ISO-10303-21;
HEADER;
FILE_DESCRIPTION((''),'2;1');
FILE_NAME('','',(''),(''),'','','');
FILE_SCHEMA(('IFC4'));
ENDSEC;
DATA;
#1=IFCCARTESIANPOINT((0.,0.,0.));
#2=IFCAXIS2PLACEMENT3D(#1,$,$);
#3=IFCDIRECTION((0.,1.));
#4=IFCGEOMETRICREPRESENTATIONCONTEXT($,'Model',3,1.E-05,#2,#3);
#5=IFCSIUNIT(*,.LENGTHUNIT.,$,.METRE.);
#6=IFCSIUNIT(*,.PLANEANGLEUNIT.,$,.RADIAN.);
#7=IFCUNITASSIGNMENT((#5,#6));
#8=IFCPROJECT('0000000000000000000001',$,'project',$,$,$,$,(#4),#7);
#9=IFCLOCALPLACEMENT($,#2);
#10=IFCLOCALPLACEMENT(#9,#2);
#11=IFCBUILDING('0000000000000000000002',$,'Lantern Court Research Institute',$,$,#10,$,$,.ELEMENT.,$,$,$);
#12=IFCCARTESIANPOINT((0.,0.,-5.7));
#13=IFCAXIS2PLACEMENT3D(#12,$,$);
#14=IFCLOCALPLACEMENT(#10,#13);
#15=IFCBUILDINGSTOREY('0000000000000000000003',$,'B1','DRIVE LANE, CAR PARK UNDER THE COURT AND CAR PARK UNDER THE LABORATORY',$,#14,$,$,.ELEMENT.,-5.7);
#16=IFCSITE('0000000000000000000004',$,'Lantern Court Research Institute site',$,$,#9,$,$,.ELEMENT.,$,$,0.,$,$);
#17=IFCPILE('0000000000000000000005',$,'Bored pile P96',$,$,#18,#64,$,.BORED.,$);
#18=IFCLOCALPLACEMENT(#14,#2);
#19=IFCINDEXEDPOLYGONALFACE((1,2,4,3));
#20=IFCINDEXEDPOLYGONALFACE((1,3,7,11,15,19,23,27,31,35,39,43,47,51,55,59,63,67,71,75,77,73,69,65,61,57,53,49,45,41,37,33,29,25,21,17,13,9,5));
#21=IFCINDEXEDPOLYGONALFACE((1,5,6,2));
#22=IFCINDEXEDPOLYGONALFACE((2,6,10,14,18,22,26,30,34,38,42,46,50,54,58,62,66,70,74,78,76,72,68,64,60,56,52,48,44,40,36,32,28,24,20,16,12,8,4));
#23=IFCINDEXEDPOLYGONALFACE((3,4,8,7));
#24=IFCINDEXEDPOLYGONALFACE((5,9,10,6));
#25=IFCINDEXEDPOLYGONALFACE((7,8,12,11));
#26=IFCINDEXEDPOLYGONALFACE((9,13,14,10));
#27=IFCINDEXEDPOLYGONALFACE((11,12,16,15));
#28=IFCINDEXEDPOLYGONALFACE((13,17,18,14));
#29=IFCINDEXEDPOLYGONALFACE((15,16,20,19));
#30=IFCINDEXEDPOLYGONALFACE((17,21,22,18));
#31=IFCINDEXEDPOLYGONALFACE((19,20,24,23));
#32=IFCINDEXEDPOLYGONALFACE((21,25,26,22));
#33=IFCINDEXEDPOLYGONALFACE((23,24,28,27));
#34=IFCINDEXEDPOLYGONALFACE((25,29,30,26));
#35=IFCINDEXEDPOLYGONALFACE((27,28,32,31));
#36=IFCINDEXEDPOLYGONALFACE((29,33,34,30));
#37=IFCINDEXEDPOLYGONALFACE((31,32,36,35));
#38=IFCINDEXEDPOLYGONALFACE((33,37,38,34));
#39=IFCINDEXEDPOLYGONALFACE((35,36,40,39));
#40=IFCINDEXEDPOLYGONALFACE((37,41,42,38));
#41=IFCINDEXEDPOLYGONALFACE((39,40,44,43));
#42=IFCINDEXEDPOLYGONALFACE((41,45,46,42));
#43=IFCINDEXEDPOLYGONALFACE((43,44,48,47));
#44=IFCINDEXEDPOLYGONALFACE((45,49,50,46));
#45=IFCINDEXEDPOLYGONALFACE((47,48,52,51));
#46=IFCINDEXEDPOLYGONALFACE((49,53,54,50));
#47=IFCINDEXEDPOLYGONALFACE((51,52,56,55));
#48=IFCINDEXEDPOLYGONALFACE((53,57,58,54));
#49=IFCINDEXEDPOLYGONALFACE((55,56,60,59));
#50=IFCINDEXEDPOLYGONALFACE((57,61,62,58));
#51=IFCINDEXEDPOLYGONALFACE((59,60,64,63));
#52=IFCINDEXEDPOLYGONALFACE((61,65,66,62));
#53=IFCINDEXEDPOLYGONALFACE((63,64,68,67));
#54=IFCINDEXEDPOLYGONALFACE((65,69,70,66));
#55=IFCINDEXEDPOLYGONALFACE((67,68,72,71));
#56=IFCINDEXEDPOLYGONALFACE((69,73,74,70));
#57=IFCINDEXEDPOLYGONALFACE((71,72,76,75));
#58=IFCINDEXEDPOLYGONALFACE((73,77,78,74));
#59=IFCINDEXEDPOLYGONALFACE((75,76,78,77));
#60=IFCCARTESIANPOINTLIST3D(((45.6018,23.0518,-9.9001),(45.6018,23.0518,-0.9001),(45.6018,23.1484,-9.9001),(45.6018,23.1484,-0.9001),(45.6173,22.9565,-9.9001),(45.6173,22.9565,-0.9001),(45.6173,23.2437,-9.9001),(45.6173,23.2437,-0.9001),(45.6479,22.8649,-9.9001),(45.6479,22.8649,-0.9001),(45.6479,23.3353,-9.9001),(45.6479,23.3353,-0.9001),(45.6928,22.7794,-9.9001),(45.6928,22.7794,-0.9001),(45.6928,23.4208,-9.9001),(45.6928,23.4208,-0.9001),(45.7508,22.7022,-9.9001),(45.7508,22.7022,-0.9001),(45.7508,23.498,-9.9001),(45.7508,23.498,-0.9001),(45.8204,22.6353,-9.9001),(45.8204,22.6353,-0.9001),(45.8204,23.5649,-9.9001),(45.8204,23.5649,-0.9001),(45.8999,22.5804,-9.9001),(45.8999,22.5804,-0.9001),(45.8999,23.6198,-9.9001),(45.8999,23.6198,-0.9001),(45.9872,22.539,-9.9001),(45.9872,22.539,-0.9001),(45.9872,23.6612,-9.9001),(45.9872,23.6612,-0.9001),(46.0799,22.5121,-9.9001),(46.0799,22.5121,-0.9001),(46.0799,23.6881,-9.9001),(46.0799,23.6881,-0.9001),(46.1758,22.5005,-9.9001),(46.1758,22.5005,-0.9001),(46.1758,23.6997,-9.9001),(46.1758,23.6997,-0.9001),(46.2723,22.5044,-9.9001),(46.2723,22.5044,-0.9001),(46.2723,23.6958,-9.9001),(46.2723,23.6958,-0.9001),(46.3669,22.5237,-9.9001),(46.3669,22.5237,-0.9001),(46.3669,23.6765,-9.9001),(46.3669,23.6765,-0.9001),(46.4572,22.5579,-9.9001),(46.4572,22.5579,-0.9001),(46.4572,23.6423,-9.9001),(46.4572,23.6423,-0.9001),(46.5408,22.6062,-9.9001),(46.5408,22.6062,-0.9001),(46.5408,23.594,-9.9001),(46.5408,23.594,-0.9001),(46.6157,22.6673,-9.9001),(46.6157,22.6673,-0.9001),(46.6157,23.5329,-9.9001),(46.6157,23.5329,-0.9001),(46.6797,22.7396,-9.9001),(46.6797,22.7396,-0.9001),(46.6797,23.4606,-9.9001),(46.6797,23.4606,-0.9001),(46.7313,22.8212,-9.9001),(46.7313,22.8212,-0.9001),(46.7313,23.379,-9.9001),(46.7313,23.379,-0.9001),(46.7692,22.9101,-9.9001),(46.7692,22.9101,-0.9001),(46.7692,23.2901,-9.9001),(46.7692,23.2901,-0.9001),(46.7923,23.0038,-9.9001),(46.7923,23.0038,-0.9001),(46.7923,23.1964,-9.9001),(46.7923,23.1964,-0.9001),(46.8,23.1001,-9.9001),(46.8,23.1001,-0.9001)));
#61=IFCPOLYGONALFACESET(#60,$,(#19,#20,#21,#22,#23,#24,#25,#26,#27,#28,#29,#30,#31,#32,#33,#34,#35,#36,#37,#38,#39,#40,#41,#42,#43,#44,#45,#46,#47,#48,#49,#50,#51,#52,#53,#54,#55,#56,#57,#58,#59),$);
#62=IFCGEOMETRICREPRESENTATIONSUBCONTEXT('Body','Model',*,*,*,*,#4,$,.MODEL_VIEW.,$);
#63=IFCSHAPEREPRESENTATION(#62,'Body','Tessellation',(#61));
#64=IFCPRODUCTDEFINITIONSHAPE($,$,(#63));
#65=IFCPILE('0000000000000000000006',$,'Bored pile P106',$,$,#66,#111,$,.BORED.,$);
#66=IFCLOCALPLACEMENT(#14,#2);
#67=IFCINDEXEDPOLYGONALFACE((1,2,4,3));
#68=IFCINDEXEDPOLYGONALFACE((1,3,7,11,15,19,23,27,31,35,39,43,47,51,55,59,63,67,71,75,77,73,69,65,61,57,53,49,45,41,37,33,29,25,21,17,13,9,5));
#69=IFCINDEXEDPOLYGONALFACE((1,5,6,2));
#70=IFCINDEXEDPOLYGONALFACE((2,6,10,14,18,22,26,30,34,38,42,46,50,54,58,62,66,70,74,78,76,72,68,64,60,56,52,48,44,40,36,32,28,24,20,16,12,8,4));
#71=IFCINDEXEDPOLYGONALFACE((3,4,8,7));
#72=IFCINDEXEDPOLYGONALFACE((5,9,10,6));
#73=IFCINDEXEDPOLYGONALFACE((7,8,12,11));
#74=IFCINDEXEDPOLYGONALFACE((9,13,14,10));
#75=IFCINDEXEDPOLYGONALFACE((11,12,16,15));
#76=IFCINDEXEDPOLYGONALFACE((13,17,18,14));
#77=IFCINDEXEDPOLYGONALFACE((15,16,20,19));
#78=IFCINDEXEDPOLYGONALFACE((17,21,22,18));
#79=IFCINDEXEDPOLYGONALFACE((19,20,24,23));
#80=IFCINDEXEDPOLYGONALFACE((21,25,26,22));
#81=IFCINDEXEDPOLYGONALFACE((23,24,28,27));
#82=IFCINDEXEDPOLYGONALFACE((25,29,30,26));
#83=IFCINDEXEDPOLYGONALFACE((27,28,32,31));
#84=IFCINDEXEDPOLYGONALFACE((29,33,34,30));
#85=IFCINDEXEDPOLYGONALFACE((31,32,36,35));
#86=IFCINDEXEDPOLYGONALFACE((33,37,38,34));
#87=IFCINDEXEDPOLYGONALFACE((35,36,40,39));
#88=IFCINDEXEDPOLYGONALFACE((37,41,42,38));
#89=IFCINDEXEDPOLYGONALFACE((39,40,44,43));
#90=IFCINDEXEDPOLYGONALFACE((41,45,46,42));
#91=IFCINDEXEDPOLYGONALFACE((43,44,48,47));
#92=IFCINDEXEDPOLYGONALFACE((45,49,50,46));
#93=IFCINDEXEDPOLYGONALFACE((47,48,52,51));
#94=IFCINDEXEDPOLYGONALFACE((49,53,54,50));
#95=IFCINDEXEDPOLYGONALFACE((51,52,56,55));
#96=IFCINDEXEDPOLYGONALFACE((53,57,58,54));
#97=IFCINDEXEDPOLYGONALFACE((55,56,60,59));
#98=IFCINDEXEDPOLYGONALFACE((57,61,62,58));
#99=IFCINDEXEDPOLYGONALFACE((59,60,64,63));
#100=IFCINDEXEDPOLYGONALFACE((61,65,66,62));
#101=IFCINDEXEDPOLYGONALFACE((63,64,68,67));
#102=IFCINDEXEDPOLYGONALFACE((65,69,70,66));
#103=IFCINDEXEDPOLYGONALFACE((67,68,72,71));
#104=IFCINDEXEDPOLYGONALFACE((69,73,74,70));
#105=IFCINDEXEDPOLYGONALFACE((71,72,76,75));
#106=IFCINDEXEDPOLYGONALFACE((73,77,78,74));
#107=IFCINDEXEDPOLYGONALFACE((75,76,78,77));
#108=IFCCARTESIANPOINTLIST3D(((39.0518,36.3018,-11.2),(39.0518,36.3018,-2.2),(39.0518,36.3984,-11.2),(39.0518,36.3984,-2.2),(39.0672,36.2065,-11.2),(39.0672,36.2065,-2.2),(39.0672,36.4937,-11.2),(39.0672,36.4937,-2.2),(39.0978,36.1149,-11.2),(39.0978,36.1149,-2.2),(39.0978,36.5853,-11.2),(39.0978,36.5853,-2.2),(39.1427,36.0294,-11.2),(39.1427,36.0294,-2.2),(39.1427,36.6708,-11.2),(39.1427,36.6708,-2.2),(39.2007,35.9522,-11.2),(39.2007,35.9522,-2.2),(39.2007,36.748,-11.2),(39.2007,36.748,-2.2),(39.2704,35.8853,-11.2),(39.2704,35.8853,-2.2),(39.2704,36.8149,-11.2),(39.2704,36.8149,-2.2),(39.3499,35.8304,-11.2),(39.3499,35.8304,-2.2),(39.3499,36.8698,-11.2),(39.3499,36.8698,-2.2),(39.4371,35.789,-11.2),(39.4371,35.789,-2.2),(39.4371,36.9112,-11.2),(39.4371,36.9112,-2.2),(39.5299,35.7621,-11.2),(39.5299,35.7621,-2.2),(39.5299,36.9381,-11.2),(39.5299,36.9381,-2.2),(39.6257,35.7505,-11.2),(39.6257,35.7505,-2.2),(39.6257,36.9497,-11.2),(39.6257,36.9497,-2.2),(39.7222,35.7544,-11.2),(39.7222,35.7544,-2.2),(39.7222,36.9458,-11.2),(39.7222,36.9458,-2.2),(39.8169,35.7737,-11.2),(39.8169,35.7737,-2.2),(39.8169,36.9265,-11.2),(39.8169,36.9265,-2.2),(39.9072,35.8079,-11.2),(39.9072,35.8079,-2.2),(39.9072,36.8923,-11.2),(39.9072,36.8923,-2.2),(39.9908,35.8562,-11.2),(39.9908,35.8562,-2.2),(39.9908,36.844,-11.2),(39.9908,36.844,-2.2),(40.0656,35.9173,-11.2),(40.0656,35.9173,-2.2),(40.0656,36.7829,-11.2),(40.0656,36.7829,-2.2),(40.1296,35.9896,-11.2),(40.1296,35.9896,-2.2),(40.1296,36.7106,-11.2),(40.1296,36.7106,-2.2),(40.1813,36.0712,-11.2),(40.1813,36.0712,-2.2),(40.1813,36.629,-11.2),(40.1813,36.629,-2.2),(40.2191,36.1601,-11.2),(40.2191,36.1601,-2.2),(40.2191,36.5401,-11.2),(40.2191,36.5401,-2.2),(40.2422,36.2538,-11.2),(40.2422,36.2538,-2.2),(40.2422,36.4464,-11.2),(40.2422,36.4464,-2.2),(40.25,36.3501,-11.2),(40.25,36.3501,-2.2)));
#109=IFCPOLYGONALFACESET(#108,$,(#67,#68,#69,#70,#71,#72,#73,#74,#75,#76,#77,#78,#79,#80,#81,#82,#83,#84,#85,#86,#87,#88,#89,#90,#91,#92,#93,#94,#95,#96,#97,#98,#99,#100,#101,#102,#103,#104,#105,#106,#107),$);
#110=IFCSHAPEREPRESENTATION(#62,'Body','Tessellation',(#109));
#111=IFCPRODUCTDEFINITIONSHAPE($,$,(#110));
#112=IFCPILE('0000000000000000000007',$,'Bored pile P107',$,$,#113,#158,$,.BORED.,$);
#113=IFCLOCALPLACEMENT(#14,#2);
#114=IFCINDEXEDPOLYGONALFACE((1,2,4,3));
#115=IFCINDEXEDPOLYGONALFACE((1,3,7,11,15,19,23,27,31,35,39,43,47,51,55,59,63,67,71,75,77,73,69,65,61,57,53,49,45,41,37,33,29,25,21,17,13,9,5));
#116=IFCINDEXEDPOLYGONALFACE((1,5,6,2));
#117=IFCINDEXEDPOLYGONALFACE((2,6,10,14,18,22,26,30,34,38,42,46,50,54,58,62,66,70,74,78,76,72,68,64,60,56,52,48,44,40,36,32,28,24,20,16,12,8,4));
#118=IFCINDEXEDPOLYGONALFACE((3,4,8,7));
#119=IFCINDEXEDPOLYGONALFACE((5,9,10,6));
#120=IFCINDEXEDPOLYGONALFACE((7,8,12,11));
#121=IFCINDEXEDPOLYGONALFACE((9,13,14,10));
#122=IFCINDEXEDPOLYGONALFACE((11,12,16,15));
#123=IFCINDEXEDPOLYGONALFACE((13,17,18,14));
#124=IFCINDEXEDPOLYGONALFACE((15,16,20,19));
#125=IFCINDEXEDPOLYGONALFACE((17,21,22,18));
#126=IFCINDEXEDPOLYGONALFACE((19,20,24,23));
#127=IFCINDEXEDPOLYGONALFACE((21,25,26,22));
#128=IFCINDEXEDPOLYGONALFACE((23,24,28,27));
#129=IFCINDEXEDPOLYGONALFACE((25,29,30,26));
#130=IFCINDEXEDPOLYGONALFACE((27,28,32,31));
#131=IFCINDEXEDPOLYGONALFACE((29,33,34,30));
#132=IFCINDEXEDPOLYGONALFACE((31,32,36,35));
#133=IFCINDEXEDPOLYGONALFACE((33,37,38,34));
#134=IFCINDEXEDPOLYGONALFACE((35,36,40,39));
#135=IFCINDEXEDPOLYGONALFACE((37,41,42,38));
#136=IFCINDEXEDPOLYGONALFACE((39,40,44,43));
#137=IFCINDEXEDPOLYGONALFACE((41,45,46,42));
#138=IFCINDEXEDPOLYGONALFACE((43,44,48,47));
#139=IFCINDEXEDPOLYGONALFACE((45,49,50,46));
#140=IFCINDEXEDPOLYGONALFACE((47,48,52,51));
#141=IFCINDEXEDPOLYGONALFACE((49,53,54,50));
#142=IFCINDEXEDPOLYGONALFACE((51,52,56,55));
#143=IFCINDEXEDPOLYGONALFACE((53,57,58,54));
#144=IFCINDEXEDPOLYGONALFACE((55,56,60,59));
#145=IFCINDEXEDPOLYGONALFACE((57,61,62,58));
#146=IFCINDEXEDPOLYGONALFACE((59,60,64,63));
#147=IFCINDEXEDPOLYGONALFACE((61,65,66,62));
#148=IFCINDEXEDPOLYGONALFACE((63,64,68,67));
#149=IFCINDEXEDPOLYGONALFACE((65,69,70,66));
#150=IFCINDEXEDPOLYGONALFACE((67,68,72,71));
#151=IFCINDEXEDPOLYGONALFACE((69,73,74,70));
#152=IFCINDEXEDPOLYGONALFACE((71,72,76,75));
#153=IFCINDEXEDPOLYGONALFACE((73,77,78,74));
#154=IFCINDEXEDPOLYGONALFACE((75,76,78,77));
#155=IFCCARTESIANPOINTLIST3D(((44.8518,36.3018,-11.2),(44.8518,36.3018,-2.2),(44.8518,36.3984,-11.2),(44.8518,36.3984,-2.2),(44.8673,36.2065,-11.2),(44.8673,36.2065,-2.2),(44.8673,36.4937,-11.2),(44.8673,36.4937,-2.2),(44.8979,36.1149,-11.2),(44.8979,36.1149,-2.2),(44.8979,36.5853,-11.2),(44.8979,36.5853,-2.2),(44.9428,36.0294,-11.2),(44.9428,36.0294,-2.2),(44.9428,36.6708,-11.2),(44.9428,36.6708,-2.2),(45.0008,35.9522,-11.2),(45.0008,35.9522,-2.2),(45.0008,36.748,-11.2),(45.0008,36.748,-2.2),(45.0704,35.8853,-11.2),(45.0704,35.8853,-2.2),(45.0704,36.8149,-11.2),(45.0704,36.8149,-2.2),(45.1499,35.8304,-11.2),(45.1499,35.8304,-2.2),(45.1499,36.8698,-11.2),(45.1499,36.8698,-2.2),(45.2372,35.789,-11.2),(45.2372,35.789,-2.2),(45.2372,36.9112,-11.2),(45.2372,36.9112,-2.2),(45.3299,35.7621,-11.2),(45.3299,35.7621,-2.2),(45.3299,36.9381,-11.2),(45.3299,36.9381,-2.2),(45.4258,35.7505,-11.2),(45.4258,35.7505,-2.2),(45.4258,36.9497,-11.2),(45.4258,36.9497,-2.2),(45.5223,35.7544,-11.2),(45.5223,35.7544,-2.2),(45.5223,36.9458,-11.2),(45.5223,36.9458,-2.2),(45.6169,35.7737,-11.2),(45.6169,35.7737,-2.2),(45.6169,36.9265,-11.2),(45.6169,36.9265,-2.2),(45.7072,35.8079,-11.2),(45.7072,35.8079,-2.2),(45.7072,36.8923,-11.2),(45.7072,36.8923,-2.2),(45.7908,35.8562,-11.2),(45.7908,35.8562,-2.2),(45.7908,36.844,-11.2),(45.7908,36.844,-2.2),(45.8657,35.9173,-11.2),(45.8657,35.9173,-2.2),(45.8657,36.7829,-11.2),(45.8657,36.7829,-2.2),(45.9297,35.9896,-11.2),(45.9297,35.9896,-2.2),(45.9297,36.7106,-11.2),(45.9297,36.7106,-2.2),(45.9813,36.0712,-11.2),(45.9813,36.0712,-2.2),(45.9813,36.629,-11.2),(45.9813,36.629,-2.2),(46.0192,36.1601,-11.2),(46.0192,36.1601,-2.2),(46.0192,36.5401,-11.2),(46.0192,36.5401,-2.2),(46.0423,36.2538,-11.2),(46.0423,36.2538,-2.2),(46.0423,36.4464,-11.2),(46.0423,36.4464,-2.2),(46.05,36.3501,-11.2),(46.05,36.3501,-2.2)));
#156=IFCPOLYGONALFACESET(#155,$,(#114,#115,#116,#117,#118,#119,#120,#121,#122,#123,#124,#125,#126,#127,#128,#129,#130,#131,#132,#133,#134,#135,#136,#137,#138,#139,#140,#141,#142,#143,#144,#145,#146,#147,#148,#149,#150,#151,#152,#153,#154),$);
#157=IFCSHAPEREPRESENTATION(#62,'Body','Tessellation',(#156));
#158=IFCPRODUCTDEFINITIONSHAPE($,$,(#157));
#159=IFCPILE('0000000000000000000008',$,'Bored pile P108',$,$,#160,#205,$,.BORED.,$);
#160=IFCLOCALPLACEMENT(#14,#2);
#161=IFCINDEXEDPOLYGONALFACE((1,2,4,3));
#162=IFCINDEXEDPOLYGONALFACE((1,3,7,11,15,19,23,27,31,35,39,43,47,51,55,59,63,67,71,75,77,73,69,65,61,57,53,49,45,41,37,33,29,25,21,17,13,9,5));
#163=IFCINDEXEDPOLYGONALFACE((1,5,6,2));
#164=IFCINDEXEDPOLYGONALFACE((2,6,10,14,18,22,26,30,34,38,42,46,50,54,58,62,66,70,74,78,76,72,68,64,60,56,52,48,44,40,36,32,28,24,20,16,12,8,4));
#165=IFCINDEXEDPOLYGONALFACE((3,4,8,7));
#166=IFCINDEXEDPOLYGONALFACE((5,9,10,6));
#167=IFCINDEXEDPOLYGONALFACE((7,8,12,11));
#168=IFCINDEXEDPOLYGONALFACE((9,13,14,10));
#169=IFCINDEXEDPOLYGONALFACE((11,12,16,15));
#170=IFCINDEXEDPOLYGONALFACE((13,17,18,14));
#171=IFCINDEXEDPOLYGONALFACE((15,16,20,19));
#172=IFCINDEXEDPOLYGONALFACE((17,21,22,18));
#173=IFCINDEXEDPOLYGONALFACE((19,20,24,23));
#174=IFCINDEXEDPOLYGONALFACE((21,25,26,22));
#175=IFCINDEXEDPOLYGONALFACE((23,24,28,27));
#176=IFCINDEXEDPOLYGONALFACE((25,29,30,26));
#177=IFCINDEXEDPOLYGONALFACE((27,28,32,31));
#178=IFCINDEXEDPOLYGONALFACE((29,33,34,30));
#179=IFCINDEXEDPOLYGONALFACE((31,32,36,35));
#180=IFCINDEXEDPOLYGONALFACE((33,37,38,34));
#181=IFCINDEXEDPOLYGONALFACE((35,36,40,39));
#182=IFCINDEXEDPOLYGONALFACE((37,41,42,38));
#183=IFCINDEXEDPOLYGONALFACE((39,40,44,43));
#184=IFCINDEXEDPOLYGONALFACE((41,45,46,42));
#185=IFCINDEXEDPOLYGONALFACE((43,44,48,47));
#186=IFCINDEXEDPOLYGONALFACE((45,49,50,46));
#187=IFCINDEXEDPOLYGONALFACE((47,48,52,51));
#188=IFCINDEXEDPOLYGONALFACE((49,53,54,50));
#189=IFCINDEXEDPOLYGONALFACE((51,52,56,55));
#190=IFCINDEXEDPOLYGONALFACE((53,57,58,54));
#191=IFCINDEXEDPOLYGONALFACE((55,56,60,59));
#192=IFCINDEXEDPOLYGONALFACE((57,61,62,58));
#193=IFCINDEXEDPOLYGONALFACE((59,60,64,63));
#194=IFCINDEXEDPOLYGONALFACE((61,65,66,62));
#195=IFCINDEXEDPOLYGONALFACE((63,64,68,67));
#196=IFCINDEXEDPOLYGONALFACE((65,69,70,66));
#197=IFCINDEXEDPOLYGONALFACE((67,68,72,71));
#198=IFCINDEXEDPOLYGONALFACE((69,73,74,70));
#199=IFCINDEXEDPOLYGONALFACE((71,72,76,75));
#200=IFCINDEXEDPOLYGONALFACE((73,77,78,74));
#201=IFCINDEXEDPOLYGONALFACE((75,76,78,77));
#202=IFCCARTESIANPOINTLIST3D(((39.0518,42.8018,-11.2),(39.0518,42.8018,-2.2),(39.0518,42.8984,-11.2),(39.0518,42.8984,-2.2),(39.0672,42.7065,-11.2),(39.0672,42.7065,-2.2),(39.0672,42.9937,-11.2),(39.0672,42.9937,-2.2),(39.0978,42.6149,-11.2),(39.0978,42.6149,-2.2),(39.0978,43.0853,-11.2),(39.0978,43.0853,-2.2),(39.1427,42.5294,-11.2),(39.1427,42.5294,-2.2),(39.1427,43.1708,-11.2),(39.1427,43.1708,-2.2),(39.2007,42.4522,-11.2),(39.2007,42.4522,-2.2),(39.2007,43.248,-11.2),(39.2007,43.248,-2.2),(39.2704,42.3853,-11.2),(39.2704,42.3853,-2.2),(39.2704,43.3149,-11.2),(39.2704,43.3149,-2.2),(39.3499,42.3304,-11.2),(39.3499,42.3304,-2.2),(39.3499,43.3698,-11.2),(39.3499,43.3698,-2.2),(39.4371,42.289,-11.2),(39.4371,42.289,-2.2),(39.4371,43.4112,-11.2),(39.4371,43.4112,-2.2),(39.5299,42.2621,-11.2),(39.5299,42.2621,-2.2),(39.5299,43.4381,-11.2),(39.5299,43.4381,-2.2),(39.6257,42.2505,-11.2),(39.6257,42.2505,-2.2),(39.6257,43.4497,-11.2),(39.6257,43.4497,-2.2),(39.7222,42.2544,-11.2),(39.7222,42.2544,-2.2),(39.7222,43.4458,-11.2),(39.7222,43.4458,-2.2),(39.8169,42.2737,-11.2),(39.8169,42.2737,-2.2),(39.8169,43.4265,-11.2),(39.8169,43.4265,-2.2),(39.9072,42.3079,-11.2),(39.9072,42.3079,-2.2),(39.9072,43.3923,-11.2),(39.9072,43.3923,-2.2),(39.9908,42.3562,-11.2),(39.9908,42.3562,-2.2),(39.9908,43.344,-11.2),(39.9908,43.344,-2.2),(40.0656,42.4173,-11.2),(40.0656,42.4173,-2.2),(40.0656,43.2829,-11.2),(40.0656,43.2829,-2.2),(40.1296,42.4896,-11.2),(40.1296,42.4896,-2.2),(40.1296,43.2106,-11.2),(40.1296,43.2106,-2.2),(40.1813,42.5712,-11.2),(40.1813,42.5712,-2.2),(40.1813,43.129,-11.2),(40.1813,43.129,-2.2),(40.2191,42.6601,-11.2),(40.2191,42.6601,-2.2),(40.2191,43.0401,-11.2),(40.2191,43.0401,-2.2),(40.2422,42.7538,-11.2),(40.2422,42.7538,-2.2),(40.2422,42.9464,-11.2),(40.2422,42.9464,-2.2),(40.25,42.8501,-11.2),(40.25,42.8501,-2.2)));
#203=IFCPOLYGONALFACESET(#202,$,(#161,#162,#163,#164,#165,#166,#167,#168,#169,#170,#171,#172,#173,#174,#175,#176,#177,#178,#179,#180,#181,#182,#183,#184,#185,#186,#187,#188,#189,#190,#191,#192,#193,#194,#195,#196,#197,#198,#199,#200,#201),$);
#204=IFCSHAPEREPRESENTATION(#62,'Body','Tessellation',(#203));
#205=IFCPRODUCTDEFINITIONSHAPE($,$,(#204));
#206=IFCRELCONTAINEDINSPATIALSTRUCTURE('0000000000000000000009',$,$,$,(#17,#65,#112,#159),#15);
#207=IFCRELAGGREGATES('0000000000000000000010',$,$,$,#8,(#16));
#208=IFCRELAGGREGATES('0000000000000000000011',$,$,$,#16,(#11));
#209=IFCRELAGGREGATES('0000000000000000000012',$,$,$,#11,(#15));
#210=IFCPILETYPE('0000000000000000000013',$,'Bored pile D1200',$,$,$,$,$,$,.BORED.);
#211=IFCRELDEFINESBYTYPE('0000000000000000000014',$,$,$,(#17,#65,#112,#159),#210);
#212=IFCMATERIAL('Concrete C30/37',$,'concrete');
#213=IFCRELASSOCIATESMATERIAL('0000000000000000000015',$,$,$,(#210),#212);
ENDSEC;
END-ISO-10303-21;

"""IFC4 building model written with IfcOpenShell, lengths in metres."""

from ifc_helpers import new_model, si_unit, direction, frame, origin, origin_2d, place, context, subcontext, project, spatial, circle, extrude, material, material_profile, profile_set, type_object, element, save


model = new_model("IFC4")

# Units and contexts
model_context = context("Model", 3, precision=1e-05, world=origin(), true_north=direction((0.0, 1.0)))
body_context = subcontext(model_context, "Body", "Model", "MODEL_VIEW")
ifc_project = project(units=[si_unit("LENGTHUNIT", "METRE"), si_unit("PLANEANGLEUNIT", "RADIAN")], contexts=[model_context])

# Site, building, storey
site_placement = place(None, origin())
site = spatial("IfcSite", under=ifc_project, at=site_placement, Name="Lantern Court Research Institute site", CompositionType="ELEMENT", RefElevation=0.0)
building_placement = place(site_placement, origin())
building = spatial("IfcBuilding", under=site, at=building_placement, Name="Lantern Court Research Institute", CompositionType="ELEMENT")
storey_placement = place(building_placement, frame((0.0, 0.0, -5.7)))
storey = spatial("IfcBuildingStorey", under=building, at=storey_placement, Name="B1", Description="DRIVE LANE, CAR PARK UNDER THE COURT AND CAR PARK UNDER THE LABORATORY", CompositionType="ELEMENT", Elevation=-5.7)

# Piles
ifc_material_1 = material(Name="Concrete C30/37", Category="concrete")
ifc_material_profile_1 = material_profile(ifc_material_1, circle(Radius=0.6001, at=origin_2d()), Name="Bored pile D1200")
ifc_profile_set_1 = profile_set([ifc_material_profile_1], Name="Concrete C30/37")
pile_type_1 = type_object("IfcPileType", Name="Bored pile D1200", PredefinedType="BORED", material=ifc_profile_set_1)
for number, where, z_axis, x_axis, name in (
    (1, (46.2, 23.1001, -0.9001), (0.0, 0.0, -1.0), (1.0, 0.0, 0.0), "Bored pile P96"),
    (2, (39.6499, 36.3501, -2.2), (0.0, 0.0, -1.0), (1.0, 0.0, 0.0), "Bored pile P106"),
    (3, (45.45, 36.3501, -2.2), (0.0, 0.0, -1.0), (1.0, 0.0, 0.0), "Bored pile P107"),
    (4, (39.6499, 42.8501, -2.2), (0.0, 0.0, -1.0), (1.0, 0.0, 0.0), "Bored pile P108"),
):
    element("IfcPile", number, at=place(storey_placement, frame(where, z_axis=z_axis, x_axis=x_axis)), inside=storey, type_object=pile_type_1, Name=name, PredefinedType="BORED", context=body_context, shape_type="SweptSolid", body=[
        extrude(circle(Radius=0.6001, at=origin_2d()), origin(), (0.0, 0.0, 1.0), 9.0),
    ])

save(model, "model.ifc")
